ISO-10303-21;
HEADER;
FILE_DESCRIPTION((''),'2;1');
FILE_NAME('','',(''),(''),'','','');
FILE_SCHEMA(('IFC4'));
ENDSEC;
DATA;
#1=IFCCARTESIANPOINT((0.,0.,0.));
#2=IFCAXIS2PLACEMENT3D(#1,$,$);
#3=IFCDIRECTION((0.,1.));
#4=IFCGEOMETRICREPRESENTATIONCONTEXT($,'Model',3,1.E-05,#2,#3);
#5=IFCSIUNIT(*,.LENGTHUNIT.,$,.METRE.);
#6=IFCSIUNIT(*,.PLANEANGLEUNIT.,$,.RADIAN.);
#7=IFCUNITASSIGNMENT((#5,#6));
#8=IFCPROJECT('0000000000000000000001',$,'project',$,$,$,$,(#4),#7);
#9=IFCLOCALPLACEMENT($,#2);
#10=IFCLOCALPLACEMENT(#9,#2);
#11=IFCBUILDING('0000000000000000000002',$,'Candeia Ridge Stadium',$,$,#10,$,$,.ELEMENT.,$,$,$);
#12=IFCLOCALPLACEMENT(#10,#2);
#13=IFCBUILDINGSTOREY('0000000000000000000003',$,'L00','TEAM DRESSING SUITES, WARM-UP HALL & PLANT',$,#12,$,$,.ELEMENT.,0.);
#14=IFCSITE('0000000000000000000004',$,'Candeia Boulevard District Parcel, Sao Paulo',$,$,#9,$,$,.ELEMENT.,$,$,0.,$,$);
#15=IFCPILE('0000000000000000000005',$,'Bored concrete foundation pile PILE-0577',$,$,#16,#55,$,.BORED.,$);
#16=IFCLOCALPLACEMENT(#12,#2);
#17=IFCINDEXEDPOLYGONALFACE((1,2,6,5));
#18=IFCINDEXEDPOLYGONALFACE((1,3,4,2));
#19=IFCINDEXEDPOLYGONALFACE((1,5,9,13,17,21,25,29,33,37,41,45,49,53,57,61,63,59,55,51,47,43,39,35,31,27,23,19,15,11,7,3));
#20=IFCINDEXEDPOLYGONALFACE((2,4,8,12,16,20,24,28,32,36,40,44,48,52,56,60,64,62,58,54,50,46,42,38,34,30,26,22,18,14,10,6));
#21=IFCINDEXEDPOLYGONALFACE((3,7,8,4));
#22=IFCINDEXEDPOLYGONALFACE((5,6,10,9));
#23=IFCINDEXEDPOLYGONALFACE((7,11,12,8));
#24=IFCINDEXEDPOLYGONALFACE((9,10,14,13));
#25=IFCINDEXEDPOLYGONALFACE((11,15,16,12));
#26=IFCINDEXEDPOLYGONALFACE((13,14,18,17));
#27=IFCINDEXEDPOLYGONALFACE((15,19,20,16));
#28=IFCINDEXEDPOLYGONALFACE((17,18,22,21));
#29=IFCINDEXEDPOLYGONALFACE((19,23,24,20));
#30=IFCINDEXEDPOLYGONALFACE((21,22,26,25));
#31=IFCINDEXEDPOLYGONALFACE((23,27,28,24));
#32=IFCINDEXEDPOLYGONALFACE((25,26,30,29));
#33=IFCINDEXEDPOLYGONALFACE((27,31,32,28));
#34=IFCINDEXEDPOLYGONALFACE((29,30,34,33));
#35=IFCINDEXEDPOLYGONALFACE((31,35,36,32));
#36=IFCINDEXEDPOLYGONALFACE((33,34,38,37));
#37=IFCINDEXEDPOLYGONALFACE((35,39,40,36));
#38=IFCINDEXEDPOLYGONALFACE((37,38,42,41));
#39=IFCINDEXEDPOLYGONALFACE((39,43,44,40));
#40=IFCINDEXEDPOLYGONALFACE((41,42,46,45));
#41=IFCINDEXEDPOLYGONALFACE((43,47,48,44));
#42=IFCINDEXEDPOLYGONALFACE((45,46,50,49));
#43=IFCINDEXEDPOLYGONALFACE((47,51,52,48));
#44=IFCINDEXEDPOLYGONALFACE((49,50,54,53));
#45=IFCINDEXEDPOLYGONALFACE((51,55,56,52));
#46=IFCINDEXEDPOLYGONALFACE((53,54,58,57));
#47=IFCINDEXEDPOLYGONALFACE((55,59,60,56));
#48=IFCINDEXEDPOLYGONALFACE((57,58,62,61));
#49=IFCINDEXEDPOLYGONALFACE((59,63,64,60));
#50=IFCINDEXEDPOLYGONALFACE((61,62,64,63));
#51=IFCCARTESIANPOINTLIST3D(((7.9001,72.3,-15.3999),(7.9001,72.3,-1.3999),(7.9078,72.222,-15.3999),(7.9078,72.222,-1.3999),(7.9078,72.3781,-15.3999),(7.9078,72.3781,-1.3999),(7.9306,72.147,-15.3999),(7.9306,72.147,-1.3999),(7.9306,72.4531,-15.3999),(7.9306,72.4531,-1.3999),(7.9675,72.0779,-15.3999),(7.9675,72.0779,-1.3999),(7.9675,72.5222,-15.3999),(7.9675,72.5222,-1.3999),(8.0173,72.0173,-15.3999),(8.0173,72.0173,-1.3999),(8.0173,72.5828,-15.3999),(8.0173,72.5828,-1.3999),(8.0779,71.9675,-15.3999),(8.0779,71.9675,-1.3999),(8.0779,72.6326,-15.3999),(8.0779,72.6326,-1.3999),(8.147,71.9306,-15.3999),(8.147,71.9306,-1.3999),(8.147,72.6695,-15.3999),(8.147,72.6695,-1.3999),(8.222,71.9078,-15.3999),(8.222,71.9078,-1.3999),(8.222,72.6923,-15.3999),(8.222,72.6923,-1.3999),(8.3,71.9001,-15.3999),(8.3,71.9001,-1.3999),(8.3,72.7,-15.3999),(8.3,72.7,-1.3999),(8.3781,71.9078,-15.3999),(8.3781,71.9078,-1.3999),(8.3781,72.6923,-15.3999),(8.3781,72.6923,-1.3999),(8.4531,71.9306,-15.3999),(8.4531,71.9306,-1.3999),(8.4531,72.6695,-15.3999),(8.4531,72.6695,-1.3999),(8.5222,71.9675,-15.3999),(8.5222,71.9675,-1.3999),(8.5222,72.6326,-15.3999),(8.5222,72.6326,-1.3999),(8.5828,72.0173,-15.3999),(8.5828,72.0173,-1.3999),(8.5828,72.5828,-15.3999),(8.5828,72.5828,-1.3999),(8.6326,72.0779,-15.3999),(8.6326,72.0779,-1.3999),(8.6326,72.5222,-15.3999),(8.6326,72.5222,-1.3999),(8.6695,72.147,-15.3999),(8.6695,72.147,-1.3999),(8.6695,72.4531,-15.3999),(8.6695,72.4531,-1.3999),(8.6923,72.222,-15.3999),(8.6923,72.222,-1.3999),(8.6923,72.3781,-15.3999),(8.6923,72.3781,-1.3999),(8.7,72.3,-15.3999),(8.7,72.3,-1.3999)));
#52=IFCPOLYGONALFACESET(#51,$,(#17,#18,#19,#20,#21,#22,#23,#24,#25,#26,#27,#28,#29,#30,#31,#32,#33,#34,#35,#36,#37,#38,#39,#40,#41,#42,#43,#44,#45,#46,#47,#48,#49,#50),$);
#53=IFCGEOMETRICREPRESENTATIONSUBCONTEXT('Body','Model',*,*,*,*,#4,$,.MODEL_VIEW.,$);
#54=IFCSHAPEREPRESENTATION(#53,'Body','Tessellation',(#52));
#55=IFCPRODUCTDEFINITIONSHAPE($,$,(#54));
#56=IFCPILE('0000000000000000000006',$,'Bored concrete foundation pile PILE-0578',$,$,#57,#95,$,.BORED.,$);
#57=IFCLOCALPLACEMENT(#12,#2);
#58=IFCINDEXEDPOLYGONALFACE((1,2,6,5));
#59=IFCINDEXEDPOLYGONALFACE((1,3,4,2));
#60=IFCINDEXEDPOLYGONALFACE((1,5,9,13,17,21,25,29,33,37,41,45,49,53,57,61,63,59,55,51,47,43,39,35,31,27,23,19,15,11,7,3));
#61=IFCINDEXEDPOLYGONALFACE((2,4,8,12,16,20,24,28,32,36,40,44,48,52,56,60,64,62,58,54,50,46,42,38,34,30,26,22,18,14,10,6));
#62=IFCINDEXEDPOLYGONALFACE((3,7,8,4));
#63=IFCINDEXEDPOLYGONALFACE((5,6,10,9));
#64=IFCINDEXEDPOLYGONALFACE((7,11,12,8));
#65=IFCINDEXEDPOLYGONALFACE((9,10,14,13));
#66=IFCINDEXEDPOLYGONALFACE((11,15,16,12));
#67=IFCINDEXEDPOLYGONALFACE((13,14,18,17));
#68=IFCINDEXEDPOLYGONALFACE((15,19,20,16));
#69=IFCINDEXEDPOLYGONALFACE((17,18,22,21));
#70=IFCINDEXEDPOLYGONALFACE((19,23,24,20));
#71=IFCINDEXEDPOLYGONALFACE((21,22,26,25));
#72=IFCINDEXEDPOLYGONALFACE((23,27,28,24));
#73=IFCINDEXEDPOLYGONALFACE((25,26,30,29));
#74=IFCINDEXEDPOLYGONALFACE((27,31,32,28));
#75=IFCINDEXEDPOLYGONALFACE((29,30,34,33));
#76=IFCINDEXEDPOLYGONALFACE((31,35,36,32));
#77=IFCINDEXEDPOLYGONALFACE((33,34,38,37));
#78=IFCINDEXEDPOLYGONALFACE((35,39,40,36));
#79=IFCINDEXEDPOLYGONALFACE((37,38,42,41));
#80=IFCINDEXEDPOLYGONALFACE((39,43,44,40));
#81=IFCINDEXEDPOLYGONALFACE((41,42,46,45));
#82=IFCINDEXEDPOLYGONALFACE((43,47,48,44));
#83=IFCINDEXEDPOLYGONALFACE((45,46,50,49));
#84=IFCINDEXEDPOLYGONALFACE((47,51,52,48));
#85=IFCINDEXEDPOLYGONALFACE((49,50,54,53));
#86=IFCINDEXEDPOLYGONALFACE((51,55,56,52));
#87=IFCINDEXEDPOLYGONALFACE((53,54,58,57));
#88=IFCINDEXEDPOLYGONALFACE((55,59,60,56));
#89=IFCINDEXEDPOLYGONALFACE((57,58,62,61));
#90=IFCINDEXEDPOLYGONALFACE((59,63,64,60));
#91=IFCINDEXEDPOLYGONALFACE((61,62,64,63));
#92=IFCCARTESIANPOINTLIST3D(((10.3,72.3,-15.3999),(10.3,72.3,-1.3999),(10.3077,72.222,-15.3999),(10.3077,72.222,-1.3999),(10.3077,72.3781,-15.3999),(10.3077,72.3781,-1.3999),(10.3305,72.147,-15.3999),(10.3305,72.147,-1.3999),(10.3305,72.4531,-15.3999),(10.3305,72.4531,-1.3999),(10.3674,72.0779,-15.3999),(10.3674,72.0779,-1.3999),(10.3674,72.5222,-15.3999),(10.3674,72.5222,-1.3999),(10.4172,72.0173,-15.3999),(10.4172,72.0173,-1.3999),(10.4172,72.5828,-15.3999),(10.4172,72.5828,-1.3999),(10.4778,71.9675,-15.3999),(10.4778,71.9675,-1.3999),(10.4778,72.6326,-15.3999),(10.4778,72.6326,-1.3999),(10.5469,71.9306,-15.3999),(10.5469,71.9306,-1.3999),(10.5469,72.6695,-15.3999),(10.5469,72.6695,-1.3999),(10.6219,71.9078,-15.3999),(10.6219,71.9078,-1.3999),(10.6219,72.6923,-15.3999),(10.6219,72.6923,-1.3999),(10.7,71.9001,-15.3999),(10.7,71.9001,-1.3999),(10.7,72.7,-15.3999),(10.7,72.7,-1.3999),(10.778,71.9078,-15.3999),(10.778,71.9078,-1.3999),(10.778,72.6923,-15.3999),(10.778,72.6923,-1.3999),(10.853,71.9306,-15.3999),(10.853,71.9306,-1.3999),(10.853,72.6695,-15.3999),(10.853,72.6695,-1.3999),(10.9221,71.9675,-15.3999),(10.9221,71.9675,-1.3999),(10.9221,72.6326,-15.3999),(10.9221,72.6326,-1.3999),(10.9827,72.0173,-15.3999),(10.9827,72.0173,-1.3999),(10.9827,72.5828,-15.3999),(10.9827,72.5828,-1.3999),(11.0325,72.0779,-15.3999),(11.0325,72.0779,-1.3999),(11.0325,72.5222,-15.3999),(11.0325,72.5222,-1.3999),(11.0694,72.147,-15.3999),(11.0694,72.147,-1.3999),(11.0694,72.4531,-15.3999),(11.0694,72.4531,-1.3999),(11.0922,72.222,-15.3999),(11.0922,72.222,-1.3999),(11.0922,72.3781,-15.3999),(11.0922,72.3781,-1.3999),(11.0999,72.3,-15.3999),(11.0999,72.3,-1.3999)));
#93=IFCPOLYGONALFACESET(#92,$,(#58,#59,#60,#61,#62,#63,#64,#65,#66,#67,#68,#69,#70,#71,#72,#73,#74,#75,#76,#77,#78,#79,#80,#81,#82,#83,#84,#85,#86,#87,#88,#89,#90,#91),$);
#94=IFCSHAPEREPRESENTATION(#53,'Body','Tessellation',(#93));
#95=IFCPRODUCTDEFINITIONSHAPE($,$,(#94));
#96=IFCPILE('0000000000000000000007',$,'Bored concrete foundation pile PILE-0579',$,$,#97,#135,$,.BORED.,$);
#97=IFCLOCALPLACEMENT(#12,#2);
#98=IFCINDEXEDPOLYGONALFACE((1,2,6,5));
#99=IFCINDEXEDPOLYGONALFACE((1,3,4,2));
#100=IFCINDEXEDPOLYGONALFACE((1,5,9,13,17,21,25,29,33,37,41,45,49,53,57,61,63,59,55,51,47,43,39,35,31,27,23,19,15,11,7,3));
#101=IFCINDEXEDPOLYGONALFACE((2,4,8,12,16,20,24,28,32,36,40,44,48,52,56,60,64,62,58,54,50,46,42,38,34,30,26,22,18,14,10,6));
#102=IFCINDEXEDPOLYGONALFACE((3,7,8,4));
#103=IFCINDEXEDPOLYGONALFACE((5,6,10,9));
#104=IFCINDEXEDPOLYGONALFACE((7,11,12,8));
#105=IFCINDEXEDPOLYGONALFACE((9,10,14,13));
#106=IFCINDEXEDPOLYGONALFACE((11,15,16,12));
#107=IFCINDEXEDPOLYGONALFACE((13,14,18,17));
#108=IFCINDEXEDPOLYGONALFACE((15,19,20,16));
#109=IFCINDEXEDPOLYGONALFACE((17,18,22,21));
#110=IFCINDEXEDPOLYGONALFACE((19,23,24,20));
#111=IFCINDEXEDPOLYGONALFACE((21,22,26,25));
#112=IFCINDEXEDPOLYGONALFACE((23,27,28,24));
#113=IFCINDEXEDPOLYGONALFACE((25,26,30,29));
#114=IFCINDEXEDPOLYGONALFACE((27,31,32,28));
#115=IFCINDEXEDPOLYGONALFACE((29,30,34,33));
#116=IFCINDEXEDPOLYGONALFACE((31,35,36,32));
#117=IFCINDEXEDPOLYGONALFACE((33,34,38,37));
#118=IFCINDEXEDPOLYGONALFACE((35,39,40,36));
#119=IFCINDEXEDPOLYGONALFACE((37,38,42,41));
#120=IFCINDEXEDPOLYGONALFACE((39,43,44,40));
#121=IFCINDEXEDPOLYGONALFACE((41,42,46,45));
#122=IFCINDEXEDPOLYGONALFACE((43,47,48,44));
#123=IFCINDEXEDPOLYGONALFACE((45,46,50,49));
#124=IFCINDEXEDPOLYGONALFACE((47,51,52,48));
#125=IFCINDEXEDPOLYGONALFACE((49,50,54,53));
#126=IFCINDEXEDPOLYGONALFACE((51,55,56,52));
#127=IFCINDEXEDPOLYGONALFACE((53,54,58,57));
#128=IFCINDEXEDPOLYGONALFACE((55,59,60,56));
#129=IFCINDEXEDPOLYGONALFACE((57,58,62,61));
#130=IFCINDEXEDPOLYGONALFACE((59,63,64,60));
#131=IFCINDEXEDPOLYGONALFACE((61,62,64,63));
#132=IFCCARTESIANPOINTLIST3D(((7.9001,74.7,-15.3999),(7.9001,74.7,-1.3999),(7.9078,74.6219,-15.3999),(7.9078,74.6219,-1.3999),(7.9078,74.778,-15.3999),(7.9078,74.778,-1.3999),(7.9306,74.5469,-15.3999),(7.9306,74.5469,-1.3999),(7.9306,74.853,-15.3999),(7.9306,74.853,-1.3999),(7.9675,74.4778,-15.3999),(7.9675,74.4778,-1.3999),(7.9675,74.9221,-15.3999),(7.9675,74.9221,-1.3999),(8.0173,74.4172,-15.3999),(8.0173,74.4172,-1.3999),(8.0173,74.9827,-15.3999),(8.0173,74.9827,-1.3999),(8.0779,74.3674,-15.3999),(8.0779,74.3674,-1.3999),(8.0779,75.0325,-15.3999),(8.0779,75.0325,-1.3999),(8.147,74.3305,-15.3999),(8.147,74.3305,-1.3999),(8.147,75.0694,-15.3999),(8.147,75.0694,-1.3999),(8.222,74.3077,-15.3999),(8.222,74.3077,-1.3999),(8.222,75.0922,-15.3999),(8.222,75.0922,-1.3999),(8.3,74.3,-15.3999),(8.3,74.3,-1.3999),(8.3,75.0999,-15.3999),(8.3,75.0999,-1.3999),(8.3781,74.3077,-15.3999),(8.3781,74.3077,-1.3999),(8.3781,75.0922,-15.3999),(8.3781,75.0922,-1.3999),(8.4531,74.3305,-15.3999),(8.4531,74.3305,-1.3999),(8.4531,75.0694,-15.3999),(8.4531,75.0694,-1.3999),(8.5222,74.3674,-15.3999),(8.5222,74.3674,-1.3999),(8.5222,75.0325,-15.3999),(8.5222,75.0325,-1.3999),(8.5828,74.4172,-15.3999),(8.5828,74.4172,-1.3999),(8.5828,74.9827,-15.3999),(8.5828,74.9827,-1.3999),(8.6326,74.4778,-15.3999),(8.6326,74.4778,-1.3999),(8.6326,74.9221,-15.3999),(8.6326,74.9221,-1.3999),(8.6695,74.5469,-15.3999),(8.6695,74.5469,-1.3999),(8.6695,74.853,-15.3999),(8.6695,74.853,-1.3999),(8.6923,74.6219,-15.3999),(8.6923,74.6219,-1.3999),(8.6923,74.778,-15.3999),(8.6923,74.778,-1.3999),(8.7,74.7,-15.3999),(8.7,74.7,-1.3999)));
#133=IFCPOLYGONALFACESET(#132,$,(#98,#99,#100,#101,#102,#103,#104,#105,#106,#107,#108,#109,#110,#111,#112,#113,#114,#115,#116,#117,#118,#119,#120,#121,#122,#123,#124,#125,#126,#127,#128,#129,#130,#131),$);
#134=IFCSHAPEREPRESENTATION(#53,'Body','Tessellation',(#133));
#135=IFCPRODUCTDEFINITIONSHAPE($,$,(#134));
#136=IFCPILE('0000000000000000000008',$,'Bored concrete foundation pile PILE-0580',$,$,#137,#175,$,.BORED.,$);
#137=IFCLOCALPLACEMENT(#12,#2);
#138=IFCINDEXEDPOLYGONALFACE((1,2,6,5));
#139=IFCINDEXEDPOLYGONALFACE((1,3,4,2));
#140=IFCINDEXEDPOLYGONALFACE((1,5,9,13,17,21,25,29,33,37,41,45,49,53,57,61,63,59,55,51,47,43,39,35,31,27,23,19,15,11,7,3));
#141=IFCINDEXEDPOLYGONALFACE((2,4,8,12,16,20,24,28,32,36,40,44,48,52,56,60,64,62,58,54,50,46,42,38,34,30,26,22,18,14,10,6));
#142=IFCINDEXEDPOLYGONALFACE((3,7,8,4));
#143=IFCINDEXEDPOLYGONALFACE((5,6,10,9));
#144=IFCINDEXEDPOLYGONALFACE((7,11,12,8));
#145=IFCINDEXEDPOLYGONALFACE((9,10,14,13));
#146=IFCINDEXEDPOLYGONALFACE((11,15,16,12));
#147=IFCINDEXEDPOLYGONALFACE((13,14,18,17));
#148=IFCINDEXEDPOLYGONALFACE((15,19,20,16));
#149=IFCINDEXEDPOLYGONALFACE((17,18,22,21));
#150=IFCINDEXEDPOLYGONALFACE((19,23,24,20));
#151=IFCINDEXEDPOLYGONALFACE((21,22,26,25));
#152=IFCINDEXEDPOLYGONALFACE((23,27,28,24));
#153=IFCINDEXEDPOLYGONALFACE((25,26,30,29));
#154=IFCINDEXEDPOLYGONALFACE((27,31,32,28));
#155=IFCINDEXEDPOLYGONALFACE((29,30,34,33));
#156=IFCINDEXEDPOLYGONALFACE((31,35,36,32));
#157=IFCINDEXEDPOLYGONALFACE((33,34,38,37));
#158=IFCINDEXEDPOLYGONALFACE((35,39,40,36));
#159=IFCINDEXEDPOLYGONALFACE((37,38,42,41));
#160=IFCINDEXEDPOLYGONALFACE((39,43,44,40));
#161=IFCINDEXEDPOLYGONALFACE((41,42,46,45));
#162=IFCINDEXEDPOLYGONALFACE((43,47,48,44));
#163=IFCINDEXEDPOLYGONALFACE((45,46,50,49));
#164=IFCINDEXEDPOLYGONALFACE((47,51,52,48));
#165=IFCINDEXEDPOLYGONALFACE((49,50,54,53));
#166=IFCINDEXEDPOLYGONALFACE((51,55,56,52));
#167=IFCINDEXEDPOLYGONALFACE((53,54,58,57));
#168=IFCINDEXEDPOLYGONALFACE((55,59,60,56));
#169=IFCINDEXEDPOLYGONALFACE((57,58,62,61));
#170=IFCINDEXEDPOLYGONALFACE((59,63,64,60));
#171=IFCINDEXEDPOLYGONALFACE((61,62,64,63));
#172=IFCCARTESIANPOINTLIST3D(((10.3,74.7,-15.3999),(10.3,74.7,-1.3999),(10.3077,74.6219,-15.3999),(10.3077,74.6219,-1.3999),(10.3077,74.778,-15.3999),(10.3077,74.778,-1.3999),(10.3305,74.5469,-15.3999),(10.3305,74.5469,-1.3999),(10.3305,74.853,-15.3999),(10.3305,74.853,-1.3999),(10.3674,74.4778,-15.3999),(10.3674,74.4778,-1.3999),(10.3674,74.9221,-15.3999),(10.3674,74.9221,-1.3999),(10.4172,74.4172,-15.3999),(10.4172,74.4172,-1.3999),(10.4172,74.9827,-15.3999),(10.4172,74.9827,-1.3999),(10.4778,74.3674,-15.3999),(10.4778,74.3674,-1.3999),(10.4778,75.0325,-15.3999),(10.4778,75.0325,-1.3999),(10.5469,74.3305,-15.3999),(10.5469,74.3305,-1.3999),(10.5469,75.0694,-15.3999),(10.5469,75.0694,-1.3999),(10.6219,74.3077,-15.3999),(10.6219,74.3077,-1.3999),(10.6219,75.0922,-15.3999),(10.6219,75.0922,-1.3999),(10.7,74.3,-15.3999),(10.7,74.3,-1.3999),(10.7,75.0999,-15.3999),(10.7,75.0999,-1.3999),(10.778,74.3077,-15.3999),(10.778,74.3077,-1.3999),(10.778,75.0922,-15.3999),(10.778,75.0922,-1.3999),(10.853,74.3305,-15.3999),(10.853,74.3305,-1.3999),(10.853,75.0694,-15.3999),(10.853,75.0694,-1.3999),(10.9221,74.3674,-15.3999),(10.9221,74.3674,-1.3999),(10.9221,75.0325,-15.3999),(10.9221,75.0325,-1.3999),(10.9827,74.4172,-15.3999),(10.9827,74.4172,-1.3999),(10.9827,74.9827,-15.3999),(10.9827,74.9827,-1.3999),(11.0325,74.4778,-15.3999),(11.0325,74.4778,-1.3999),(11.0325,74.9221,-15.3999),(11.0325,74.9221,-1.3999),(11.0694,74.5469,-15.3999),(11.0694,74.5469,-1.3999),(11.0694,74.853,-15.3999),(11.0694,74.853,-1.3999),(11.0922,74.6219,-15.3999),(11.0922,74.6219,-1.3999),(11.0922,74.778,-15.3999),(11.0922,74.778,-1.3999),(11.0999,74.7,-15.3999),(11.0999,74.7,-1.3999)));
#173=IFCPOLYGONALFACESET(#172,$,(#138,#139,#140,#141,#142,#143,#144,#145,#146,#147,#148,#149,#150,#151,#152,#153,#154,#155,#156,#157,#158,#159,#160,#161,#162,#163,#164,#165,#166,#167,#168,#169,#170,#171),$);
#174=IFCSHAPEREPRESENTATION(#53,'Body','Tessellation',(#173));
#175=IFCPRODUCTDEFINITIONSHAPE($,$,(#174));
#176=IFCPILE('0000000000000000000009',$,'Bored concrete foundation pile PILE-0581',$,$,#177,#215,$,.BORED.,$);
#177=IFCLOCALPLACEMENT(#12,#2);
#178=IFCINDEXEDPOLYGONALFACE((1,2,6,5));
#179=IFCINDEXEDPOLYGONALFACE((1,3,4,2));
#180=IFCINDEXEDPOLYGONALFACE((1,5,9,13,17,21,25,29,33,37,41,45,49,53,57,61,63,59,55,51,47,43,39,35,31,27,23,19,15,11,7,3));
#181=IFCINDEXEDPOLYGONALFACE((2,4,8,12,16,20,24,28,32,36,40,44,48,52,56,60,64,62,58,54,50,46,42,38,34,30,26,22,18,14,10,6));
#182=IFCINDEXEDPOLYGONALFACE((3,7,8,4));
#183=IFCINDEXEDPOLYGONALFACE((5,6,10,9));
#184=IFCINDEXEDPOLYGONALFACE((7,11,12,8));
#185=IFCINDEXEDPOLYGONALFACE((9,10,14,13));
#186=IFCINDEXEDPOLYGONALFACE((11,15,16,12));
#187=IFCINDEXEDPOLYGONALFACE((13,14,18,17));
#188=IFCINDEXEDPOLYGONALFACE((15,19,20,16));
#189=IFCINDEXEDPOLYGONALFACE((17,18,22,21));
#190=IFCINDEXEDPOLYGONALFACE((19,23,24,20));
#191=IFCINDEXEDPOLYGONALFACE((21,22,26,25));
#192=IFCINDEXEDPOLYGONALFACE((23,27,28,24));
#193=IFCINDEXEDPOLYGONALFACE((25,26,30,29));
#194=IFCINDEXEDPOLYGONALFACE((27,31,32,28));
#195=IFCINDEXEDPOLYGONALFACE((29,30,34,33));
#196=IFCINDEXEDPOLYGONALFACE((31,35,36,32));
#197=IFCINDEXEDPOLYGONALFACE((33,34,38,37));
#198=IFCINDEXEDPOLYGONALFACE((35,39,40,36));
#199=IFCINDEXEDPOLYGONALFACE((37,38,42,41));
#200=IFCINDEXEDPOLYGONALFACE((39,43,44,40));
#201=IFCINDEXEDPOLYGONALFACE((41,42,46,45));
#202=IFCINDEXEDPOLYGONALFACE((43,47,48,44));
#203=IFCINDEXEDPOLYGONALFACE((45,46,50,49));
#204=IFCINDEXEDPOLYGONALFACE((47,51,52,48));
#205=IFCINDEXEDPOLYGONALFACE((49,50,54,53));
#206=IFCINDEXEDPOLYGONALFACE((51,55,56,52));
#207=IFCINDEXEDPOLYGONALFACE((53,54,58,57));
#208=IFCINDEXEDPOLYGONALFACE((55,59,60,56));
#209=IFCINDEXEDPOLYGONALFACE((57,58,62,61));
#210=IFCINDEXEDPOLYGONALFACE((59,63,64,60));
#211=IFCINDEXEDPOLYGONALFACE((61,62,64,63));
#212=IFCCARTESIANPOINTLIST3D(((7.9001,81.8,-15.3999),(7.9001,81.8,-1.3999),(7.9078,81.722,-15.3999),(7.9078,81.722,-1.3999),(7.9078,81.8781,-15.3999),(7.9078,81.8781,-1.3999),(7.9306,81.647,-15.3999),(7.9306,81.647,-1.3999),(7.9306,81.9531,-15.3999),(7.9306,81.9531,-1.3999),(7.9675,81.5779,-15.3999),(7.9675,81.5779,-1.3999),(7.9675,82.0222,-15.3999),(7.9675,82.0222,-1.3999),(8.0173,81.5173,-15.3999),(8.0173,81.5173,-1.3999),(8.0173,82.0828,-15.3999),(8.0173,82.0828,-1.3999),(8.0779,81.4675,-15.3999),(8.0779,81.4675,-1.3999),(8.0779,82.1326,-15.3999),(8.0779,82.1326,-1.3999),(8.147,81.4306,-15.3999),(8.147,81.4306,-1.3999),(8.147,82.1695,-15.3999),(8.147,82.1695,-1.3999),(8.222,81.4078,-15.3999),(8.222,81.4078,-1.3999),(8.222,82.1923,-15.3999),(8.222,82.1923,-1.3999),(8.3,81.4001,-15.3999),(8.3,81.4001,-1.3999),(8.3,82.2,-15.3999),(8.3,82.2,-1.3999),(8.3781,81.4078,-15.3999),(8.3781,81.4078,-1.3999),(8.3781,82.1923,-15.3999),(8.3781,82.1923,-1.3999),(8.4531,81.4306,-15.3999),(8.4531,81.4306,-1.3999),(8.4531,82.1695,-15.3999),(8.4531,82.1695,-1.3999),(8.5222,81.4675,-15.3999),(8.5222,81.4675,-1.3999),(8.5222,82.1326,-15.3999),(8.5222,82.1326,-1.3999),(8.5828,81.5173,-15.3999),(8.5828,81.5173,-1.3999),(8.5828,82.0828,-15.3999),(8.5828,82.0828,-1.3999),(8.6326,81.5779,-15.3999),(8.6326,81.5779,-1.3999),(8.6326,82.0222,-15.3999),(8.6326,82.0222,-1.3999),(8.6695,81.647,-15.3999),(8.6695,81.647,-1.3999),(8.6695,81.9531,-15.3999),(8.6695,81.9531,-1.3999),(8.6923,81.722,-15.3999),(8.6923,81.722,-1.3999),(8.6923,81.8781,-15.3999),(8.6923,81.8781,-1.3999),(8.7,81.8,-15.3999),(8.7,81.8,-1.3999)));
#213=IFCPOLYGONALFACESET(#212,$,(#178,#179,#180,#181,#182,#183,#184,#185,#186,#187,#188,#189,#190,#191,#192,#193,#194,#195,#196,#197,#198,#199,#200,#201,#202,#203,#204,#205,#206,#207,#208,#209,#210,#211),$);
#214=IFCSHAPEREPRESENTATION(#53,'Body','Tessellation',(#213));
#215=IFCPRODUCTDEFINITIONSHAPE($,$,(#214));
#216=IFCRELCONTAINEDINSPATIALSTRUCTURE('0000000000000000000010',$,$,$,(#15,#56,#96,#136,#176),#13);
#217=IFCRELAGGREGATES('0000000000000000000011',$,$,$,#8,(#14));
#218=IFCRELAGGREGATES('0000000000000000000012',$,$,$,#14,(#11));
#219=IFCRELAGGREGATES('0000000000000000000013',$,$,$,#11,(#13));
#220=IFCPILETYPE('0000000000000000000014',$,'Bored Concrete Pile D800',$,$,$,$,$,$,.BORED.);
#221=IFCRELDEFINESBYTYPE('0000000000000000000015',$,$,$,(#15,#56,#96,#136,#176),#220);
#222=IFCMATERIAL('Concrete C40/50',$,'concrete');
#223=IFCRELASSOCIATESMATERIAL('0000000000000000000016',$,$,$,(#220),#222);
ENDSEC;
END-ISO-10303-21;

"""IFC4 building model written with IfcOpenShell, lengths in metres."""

from ifc_helpers import new_model, si_unit, direction, frame, origin, origin_2d, place, context, subcontext, project, spatial, circle, extrude, material, material_profile, profile_set, type_object, element, save


model = new_model("IFC4")

# Units and contexts
model_context = context("Model", 3, precision=1e-05, world=origin(), true_north=direction((0.0, 1.0)))
body_context = subcontext(model_context, "Body", "Model", "MODEL_VIEW")
ifc_project = project(units=[si_unit("LENGTHUNIT", "METRE"), si_unit("PLANEANGLEUNIT", "RADIAN")], contexts=[model_context])

# Site, building, storey
site_placement = place(None, origin())
site = spatial("IfcSite", under=ifc_project, at=site_placement, Name="Candeia Boulevard District Parcel, Sao Paulo", CompositionType="ELEMENT", RefElevation=0.0)
building_placement = place(site_placement, origin())
building = spatial("IfcBuilding", under=site, at=building_placement, Name="Candeia Ridge Stadium", CompositionType="ELEMENT")
storey_placement = place(building_placement, origin())
storey = spatial("IfcBuildingStorey", under=building, at=storey_placement, Name="L00", Description="TEAM DRESSING SUITES, WARM-UP HALL & PLANT", CompositionType="ELEMENT", Elevation=0.0)

# Piles
ifc_material_1 = material(Name="Concrete C40/50", Category="concrete")
ifc_material_profile_1 = material_profile(ifc_material_1, circle(Radius=0.3999, at=origin_2d()), Name="PILE-D800", Category="concrete")
ifc_profile_set_1 = profile_set([ifc_material_profile_1], Name="Concrete C40/50")
pile_type = type_object("IfcPileType", Name="Bored Concrete Pile D800", PredefinedType="BORED", material=ifc_profile_set_1)
for number, where, z_axis, x_axis, name in (
    (1, (8.3, 72.3, -1.3999), (0.0, 0.0, -1.0), (1.0, 0.0, 0.0), "Bored concrete foundation pile PILE-0577"),
    (2, (10.7, 72.3, -1.3999), (0.0, 0.0, -1.0), (1.0, 0.0, 0.0), "Bored concrete foundation pile PILE-0578"),
    (3, (8.3, 74.7, -1.3999), (0.0, 0.0, -1.0), (1.0, 0.0, 0.0), "Bored concrete foundation pile PILE-0579"),
    (4, (10.7, 74.7, -1.3999), (0.0, 0.0, -1.0), (1.0, 0.0, 0.0), "Bored concrete foundation pile PILE-0580"),
    (5, (8.3, 81.8, -1.3999), (0.0, 0.0, -1.0), (1.0, 0.0, 0.0), "Bored concrete foundation pile PILE-0581"),
):
    element("IfcPile", number, at=place(storey_placement, frame(where, z_axis=z_axis, x_axis=x_axis)), inside=storey, type_object=pile_type, Name=name, PredefinedType="BORED", context=body_context, shape_type="SweptSolid", body=[
        extrude(circle(Radius=0.3999, at=origin_2d()), origin(), (0.0, 0.0, 1.0), 14.0),
    ])

save(model, "model.ifc")
